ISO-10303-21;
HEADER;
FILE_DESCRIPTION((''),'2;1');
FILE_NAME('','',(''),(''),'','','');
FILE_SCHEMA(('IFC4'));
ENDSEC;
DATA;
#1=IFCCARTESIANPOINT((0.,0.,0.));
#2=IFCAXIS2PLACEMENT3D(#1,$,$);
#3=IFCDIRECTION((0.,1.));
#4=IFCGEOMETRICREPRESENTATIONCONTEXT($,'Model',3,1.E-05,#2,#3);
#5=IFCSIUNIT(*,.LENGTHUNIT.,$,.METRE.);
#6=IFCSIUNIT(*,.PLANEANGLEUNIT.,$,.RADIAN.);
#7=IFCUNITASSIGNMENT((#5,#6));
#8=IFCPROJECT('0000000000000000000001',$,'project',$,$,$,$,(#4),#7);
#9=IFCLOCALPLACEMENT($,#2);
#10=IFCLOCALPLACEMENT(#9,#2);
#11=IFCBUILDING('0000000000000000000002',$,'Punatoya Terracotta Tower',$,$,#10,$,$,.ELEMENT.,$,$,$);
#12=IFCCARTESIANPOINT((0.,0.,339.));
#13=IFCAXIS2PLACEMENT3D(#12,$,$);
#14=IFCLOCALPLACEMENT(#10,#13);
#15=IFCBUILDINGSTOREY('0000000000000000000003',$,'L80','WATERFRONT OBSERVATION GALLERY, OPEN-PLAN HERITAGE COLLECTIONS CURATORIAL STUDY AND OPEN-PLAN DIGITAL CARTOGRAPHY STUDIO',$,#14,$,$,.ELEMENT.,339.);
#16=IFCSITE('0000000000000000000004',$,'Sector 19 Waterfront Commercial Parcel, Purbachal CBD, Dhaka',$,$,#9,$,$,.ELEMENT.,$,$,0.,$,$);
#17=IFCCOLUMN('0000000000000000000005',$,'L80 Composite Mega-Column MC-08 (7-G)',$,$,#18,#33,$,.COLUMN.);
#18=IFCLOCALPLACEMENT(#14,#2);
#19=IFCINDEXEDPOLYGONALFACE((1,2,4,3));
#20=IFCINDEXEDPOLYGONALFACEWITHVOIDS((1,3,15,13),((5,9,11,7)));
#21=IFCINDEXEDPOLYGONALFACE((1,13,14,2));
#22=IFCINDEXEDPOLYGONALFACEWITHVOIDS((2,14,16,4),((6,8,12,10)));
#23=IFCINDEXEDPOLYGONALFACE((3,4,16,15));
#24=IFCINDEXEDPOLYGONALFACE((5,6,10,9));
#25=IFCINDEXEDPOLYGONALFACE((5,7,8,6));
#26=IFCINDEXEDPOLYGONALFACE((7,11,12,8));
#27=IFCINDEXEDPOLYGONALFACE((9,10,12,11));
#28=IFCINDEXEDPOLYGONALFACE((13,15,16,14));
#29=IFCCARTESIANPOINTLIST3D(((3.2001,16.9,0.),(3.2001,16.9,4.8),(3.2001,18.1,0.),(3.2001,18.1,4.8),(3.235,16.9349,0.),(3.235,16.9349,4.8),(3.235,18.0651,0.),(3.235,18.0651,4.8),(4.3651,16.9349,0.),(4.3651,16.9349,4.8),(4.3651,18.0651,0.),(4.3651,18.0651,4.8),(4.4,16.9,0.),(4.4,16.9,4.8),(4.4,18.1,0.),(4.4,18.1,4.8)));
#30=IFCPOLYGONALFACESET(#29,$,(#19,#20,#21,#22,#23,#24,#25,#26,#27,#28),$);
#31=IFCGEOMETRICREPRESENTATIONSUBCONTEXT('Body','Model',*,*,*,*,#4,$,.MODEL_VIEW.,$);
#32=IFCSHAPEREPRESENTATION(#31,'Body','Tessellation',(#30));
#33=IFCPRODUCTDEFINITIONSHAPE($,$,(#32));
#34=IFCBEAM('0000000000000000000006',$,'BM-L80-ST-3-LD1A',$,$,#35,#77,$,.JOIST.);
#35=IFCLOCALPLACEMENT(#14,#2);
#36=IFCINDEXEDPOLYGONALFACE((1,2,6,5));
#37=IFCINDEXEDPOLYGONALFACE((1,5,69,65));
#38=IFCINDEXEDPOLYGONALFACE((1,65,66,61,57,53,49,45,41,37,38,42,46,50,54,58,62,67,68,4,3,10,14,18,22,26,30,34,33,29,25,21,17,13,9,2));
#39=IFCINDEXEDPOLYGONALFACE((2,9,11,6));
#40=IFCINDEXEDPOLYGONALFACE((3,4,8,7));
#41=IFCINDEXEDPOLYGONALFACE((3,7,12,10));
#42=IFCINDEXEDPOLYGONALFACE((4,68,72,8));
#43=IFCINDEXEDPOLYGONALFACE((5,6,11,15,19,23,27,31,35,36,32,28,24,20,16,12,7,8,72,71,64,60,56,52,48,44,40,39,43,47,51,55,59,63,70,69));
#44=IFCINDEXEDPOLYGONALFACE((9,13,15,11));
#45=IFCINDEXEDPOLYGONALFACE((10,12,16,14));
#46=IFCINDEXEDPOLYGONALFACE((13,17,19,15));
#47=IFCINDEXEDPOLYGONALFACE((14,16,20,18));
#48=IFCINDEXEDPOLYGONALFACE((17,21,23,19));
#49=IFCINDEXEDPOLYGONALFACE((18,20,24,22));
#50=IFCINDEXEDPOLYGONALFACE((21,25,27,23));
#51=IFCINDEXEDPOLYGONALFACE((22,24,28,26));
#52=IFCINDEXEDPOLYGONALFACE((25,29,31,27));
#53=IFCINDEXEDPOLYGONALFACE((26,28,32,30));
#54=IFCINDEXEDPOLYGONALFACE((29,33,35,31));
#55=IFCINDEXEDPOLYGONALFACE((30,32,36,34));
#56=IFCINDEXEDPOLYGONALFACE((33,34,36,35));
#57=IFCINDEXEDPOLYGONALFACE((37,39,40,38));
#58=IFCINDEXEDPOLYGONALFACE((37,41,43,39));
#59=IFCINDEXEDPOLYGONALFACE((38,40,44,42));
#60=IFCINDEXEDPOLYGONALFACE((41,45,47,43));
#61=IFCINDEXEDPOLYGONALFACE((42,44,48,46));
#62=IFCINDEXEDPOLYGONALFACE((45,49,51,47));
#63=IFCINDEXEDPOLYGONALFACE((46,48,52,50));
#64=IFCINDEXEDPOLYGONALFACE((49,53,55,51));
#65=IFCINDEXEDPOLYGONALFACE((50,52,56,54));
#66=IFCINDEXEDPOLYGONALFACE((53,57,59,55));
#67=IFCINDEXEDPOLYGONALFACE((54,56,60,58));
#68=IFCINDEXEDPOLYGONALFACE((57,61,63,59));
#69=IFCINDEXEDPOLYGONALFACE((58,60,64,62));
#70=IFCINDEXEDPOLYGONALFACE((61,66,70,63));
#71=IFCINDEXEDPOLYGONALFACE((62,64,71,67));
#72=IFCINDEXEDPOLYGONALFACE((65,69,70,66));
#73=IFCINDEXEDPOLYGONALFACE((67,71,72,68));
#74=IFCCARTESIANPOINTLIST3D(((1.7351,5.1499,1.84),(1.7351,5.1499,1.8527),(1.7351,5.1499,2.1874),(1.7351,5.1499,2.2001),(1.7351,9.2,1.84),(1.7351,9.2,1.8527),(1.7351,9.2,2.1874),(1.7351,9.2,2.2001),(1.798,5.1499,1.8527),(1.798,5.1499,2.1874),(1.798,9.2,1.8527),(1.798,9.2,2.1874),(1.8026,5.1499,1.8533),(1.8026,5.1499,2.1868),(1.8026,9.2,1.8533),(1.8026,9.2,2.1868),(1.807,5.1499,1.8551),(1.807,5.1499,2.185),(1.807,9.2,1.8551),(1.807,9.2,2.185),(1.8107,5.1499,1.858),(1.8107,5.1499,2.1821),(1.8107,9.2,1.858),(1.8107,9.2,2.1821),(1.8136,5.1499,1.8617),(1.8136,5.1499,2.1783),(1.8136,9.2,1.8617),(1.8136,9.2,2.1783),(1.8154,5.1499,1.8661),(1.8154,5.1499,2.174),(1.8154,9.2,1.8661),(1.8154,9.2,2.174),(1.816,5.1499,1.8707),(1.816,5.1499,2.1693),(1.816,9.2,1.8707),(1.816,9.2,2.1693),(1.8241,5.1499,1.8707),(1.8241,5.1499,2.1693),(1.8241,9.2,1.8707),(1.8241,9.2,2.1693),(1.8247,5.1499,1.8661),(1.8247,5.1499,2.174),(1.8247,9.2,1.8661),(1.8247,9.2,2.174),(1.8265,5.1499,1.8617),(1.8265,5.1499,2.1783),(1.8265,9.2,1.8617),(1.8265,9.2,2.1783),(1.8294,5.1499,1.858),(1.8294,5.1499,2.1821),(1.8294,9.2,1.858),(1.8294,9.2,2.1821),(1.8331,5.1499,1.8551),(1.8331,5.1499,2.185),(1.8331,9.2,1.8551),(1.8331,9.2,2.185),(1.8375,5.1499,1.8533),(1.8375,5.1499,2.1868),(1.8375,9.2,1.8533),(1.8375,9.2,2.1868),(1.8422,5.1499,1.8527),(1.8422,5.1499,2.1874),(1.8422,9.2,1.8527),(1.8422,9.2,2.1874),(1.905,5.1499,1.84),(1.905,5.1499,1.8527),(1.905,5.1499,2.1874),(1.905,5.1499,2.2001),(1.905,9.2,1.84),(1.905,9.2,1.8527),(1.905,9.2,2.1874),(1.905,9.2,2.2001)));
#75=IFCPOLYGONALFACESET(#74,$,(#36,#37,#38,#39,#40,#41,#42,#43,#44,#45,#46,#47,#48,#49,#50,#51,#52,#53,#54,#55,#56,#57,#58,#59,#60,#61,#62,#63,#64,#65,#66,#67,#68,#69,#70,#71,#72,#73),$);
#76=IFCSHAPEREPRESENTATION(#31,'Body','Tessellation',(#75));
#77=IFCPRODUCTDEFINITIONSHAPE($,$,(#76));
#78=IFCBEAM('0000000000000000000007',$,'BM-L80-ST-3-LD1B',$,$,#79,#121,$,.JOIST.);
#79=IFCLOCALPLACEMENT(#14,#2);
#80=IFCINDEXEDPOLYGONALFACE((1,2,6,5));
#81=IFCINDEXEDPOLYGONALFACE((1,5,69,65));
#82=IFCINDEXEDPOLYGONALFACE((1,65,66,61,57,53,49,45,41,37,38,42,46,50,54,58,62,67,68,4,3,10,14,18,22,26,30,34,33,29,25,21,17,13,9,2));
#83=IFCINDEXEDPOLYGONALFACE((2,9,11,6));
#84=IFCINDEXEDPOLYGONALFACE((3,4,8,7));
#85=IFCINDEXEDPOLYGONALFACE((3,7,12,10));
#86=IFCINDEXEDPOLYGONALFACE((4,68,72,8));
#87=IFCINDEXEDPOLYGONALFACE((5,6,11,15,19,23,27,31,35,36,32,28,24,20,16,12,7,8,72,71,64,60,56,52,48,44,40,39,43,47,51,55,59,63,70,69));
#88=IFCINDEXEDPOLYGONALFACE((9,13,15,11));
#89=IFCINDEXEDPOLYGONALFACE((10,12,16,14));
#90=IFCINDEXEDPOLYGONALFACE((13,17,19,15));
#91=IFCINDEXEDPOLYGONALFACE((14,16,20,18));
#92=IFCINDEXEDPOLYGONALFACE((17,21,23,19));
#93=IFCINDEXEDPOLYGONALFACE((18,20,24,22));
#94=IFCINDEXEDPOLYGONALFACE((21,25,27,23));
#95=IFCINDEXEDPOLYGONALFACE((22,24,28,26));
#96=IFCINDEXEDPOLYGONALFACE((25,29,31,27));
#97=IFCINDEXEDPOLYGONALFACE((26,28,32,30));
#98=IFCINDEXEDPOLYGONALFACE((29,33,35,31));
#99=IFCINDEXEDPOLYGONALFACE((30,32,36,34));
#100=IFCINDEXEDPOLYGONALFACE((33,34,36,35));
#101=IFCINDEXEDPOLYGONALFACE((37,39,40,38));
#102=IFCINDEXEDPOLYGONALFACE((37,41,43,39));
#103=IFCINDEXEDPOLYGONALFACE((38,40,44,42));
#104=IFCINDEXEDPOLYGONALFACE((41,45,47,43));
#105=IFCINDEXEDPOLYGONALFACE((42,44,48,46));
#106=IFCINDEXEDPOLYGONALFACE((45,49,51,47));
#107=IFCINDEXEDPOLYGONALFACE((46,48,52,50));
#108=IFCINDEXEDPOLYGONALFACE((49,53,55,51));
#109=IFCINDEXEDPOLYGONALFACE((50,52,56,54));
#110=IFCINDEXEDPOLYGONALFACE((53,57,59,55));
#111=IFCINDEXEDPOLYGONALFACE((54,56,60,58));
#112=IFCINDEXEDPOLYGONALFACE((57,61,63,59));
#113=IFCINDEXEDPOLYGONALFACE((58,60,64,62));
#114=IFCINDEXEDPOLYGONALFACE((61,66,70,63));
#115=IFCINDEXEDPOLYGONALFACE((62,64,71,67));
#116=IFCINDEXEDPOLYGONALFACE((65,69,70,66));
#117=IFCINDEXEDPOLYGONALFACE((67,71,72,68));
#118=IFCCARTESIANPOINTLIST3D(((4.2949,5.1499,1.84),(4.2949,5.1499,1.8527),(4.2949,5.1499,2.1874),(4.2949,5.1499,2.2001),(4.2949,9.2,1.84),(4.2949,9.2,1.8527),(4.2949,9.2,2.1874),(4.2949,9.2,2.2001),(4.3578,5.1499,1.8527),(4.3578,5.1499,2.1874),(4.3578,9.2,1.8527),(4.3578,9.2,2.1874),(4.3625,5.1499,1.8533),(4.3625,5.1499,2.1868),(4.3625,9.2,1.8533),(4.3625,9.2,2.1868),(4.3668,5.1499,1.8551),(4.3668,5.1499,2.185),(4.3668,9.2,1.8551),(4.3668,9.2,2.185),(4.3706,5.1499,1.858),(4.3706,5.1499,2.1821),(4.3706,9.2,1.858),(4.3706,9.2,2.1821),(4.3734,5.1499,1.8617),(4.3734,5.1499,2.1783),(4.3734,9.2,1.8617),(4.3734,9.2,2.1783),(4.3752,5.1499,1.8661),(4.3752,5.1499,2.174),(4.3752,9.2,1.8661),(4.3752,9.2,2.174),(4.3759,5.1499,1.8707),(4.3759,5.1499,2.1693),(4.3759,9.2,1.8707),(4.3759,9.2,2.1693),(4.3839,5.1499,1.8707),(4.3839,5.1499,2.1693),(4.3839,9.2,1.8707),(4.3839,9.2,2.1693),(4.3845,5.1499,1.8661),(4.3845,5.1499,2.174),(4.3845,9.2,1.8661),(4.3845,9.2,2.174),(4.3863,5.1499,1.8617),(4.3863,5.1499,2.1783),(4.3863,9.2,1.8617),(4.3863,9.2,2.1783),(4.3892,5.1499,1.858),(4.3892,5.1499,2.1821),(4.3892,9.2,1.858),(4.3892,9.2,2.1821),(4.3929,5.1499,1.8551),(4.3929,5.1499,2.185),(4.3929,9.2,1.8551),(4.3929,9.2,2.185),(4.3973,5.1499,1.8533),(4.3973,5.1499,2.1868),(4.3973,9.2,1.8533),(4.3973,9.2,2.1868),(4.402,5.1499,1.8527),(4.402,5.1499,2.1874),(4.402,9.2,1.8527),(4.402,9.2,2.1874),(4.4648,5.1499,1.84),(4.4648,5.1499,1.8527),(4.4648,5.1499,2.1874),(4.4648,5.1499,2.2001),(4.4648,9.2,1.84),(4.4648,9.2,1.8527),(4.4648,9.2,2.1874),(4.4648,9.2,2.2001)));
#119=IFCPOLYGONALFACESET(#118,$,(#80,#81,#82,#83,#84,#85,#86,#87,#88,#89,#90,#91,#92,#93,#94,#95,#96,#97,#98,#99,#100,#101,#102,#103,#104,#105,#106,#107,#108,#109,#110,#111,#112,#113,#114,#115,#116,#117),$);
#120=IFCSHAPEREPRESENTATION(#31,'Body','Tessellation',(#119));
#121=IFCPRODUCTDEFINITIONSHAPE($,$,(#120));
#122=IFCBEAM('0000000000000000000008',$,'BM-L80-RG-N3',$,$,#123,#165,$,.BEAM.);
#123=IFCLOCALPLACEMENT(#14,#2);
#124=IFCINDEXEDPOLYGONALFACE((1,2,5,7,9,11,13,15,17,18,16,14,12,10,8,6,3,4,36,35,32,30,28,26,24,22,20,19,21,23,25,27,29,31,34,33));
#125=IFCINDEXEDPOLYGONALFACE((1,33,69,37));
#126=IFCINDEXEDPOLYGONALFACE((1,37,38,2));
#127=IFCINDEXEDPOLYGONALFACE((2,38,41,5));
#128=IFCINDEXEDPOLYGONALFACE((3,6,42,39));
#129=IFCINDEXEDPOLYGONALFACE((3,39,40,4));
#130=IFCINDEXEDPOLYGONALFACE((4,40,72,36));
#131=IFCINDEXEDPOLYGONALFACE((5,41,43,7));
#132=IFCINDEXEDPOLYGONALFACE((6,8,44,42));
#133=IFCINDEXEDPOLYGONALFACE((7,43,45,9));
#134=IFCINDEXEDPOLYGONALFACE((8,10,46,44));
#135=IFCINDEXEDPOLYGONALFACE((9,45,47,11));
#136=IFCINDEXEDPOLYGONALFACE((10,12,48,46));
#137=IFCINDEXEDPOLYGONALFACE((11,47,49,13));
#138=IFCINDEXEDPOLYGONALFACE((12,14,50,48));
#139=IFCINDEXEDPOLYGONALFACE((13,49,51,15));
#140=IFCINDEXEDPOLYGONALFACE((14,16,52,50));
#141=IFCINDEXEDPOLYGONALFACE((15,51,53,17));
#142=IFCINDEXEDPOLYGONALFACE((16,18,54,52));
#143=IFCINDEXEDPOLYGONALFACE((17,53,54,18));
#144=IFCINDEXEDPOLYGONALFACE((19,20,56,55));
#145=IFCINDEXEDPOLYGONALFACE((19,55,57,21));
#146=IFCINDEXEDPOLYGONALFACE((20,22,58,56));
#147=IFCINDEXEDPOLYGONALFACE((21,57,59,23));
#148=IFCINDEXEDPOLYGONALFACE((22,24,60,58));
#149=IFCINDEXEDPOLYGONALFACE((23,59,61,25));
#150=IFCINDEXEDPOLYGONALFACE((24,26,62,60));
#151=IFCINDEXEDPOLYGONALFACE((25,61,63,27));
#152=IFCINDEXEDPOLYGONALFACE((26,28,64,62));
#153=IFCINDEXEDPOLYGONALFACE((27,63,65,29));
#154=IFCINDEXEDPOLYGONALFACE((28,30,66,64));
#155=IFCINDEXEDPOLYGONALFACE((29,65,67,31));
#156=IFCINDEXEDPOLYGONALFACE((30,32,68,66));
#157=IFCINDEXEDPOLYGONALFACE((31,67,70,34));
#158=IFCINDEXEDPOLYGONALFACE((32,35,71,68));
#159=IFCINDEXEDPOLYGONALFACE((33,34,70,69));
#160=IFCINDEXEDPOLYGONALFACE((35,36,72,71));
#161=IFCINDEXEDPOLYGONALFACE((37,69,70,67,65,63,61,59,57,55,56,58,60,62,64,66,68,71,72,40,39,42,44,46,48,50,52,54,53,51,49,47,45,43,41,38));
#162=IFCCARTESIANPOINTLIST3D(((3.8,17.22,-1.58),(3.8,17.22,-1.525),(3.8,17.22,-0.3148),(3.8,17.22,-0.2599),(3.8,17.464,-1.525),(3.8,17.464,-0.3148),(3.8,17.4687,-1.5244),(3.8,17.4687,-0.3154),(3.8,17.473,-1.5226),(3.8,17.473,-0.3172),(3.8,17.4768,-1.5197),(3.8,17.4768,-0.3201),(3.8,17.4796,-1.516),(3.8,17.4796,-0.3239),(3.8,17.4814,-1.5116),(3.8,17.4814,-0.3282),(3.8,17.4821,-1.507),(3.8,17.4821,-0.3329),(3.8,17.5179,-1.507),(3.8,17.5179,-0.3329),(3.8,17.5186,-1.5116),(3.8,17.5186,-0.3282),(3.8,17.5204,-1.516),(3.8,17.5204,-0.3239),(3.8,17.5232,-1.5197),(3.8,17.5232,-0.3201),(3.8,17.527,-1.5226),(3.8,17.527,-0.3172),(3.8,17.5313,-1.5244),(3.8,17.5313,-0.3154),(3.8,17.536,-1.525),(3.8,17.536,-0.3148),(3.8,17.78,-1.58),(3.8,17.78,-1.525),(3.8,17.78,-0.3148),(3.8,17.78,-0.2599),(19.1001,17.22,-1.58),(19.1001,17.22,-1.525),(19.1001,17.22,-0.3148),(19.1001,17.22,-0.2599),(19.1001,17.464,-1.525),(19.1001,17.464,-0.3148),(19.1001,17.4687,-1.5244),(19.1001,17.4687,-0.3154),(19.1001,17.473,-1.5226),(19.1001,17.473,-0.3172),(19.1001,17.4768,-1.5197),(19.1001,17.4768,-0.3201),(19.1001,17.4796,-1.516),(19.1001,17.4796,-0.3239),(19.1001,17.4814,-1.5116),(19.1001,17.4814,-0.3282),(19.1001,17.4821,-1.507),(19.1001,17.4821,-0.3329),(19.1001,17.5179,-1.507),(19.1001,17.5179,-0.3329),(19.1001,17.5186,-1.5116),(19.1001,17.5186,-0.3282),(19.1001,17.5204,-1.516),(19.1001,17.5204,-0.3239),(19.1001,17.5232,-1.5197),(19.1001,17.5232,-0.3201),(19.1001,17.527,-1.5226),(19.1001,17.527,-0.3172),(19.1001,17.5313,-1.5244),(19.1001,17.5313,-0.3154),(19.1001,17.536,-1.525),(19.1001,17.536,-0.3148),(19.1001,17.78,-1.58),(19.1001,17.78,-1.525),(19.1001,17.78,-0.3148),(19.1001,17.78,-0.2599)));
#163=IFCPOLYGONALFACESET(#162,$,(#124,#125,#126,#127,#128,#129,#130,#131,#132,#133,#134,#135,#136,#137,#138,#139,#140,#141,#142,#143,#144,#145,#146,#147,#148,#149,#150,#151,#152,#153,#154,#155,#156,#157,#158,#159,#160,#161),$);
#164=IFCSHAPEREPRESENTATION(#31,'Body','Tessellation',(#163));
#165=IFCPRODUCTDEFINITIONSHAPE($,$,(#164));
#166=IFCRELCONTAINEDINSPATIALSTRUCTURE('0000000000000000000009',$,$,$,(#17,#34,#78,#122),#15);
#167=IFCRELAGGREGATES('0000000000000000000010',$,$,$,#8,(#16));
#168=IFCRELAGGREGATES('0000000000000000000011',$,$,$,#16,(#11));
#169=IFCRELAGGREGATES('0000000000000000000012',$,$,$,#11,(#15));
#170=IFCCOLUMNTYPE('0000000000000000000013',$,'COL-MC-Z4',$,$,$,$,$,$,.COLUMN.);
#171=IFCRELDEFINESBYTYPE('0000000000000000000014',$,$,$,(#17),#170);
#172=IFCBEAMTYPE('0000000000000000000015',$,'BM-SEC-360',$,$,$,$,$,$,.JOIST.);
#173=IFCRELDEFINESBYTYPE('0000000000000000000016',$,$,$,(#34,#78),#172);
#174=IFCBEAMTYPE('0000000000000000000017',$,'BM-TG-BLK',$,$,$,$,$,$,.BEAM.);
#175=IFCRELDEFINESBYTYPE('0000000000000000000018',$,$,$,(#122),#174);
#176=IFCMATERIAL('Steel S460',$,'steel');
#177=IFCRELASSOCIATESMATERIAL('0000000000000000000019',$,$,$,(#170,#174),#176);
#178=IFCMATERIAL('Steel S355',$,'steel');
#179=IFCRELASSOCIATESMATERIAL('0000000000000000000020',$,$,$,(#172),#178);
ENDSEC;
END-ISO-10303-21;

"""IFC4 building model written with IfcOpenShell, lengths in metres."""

from ifc_helpers import new_model, si_unit, direction, frame, origin, origin_2d, place, context, subcontext, project, spatial, hollow_rectangle, i_section, extrude, material, material_profile, profile_set, type_object, element, save


model = new_model("IFC4")

# Units and contexts
model_context = context("Model", 3, precision=1e-05, world=origin(), true_north=direction((0.0, 1.0)))
body_context = subcontext(model_context, "Body", "Model", "MODEL_VIEW")
ifc_project = project(units=[si_unit("LENGTHUNIT", "METRE"), si_unit("PLANEANGLEUNIT", "RADIAN")], contexts=[model_context])

# Site, building, storey
site_placement = place(None, origin())
site = spatial("IfcSite", under=ifc_project, at=site_placement, Name="Sector 19 Waterfront Commercial Parcel, Purbachal CBD, Dhaka", CompositionType="ELEMENT", RefElevation=0.0)
building_placement = place(site_placement, origin())
building = spatial("IfcBuilding", under=site, at=building_placement, Name="Punatoya Terracotta Tower", CompositionType="ELEMENT")
storey_placement = place(building_placement, frame((0.0, 0.0, 339.0)))
storey = spatial("IfcBuildingStorey", under=building, at=storey_placement, Name="L80", Description="WATERFRONT OBSERVATION GALLERY, OPEN-PLAN HERITAGE COLLECTIONS CURATORIAL STUDY AND OPEN-PLAN DIGITAL CARTOGRAPHY STUDIO", CompositionType="ELEMENT", Elevation=339.0)

# Column
ifc_material_1 = material(Name="Steel S460", Category="steel")
ifc_material_profile_1 = material_profile(ifc_material_1, hollow_rectangle(XDim=1.2, YDim=1.2, WallThickness=0.0349, at=origin_2d()))
ifc_profile_set_1 = profile_set([ifc_material_profile_1], Name="Steel S460")
column_type = type_object("IfcColumnType", Name="COL-MC-Z4", PredefinedType="COLUMN", material=ifc_profile_set_1)
column_placement = place(storey_placement, frame((3.8, 17.5, 0.0), z_axis=(0.0, 0.0, 1.0), x_axis=(1.0, 0.0, 0.0)))
element("IfcColumn", 1, at=column_placement, inside=storey, type_object=column_type, Name="L80 Composite Mega-Column MC-08 (7-G)", PredefinedType="COLUMN", context=body_context, shape_type="SweptSolid", body=[
    extrude(hollow_rectangle(XDim=1.2, YDim=1.2, WallThickness=0.0349, at=origin_2d()), origin(), (0.0, 0.0, 1.0), 4.8),
])

# Beams
ifc_material_2 = material(Name="Steel S355", Category="steel")
ifc_material_profile_2 = material_profile(ifc_material_2, i_section(OverallWidth=0.1699, OverallDepth=0.3601, WebThickness=0.0081, FlangeThickness=0.0127, FilletRadius=0.0181, at=origin_2d()))
ifc_profile_set_2 = profile_set([ifc_material_profile_2], Name="Steel S355")
beam_type_1 = type_object("IfcBeamType", Name="BM-SEC-360", PredefinedType="JOIST", material=ifc_profile_set_2)
for number, where, z_axis, x_axis, name in (
    (2, (1.8201, 5.1499, 2.02), (0.0, 1.0, 0.0), (-1.0, 0.0, 0.0), "BM-L80-ST-3-LD1A"),
    (3, (4.3799, 5.1499, 2.02), (0.0, 1.0, 0.0), (-1.0, 0.0, 0.0), "BM-L80-ST-3-LD1B"),
):
    element("IfcBeam", number, at=place(storey_placement, frame(where, z_axis=z_axis, x_axis=x_axis)), inside=storey, type_object=beam_type_1, Name=name, PredefinedType="JOIST", context=body_context, shape_type="SweptSolid", body=[
        extrude(i_section(OverallWidth=0.1699, OverallDepth=0.3601, WebThickness=0.0081, FlangeThickness=0.0127, FilletRadius=0.0181, at=origin_2d()), origin(), (0.0, 0.0, 1.0), 4.05),
    ])
ifc_material_profile_3 = material_profile(ifc_material_1, i_section(OverallWidth=0.5601, OverallDepth=1.3201, WebThickness=0.0359, FlangeThickness=0.0549, FilletRadius=0.0181, at=origin_2d()))
ifc_profile_set_3 = profile_set([ifc_material_profile_3], Name="Steel S460")
beam_type_2 = type_object("IfcBeamType", Name="BM-TG-BLK", PredefinedType="BEAM", material=ifc_profile_set_3)
beam_1_placement = place(storey_placement, frame((3.8, 17.5, -0.9199), z_axis=(1.0, 0.0, 0.0), x_axis=(0.0, 1.0, 0.0)))
element("IfcBeam", 4, at=beam_1_placement, inside=storey, type_object=beam_type_2, Name="BM-L80-RG-N3", PredefinedType="BEAM", context=body_context, shape_type="SweptSolid", body=[
    extrude(i_section(OverallWidth=0.5601, OverallDepth=1.3201, WebThickness=0.0359, FlangeThickness=0.0549, FilletRadius=0.0181, at=origin_2d()), origin(), (0.0, 0.0, 1.0), 15.3),
])

save(model, "model.ifc")
